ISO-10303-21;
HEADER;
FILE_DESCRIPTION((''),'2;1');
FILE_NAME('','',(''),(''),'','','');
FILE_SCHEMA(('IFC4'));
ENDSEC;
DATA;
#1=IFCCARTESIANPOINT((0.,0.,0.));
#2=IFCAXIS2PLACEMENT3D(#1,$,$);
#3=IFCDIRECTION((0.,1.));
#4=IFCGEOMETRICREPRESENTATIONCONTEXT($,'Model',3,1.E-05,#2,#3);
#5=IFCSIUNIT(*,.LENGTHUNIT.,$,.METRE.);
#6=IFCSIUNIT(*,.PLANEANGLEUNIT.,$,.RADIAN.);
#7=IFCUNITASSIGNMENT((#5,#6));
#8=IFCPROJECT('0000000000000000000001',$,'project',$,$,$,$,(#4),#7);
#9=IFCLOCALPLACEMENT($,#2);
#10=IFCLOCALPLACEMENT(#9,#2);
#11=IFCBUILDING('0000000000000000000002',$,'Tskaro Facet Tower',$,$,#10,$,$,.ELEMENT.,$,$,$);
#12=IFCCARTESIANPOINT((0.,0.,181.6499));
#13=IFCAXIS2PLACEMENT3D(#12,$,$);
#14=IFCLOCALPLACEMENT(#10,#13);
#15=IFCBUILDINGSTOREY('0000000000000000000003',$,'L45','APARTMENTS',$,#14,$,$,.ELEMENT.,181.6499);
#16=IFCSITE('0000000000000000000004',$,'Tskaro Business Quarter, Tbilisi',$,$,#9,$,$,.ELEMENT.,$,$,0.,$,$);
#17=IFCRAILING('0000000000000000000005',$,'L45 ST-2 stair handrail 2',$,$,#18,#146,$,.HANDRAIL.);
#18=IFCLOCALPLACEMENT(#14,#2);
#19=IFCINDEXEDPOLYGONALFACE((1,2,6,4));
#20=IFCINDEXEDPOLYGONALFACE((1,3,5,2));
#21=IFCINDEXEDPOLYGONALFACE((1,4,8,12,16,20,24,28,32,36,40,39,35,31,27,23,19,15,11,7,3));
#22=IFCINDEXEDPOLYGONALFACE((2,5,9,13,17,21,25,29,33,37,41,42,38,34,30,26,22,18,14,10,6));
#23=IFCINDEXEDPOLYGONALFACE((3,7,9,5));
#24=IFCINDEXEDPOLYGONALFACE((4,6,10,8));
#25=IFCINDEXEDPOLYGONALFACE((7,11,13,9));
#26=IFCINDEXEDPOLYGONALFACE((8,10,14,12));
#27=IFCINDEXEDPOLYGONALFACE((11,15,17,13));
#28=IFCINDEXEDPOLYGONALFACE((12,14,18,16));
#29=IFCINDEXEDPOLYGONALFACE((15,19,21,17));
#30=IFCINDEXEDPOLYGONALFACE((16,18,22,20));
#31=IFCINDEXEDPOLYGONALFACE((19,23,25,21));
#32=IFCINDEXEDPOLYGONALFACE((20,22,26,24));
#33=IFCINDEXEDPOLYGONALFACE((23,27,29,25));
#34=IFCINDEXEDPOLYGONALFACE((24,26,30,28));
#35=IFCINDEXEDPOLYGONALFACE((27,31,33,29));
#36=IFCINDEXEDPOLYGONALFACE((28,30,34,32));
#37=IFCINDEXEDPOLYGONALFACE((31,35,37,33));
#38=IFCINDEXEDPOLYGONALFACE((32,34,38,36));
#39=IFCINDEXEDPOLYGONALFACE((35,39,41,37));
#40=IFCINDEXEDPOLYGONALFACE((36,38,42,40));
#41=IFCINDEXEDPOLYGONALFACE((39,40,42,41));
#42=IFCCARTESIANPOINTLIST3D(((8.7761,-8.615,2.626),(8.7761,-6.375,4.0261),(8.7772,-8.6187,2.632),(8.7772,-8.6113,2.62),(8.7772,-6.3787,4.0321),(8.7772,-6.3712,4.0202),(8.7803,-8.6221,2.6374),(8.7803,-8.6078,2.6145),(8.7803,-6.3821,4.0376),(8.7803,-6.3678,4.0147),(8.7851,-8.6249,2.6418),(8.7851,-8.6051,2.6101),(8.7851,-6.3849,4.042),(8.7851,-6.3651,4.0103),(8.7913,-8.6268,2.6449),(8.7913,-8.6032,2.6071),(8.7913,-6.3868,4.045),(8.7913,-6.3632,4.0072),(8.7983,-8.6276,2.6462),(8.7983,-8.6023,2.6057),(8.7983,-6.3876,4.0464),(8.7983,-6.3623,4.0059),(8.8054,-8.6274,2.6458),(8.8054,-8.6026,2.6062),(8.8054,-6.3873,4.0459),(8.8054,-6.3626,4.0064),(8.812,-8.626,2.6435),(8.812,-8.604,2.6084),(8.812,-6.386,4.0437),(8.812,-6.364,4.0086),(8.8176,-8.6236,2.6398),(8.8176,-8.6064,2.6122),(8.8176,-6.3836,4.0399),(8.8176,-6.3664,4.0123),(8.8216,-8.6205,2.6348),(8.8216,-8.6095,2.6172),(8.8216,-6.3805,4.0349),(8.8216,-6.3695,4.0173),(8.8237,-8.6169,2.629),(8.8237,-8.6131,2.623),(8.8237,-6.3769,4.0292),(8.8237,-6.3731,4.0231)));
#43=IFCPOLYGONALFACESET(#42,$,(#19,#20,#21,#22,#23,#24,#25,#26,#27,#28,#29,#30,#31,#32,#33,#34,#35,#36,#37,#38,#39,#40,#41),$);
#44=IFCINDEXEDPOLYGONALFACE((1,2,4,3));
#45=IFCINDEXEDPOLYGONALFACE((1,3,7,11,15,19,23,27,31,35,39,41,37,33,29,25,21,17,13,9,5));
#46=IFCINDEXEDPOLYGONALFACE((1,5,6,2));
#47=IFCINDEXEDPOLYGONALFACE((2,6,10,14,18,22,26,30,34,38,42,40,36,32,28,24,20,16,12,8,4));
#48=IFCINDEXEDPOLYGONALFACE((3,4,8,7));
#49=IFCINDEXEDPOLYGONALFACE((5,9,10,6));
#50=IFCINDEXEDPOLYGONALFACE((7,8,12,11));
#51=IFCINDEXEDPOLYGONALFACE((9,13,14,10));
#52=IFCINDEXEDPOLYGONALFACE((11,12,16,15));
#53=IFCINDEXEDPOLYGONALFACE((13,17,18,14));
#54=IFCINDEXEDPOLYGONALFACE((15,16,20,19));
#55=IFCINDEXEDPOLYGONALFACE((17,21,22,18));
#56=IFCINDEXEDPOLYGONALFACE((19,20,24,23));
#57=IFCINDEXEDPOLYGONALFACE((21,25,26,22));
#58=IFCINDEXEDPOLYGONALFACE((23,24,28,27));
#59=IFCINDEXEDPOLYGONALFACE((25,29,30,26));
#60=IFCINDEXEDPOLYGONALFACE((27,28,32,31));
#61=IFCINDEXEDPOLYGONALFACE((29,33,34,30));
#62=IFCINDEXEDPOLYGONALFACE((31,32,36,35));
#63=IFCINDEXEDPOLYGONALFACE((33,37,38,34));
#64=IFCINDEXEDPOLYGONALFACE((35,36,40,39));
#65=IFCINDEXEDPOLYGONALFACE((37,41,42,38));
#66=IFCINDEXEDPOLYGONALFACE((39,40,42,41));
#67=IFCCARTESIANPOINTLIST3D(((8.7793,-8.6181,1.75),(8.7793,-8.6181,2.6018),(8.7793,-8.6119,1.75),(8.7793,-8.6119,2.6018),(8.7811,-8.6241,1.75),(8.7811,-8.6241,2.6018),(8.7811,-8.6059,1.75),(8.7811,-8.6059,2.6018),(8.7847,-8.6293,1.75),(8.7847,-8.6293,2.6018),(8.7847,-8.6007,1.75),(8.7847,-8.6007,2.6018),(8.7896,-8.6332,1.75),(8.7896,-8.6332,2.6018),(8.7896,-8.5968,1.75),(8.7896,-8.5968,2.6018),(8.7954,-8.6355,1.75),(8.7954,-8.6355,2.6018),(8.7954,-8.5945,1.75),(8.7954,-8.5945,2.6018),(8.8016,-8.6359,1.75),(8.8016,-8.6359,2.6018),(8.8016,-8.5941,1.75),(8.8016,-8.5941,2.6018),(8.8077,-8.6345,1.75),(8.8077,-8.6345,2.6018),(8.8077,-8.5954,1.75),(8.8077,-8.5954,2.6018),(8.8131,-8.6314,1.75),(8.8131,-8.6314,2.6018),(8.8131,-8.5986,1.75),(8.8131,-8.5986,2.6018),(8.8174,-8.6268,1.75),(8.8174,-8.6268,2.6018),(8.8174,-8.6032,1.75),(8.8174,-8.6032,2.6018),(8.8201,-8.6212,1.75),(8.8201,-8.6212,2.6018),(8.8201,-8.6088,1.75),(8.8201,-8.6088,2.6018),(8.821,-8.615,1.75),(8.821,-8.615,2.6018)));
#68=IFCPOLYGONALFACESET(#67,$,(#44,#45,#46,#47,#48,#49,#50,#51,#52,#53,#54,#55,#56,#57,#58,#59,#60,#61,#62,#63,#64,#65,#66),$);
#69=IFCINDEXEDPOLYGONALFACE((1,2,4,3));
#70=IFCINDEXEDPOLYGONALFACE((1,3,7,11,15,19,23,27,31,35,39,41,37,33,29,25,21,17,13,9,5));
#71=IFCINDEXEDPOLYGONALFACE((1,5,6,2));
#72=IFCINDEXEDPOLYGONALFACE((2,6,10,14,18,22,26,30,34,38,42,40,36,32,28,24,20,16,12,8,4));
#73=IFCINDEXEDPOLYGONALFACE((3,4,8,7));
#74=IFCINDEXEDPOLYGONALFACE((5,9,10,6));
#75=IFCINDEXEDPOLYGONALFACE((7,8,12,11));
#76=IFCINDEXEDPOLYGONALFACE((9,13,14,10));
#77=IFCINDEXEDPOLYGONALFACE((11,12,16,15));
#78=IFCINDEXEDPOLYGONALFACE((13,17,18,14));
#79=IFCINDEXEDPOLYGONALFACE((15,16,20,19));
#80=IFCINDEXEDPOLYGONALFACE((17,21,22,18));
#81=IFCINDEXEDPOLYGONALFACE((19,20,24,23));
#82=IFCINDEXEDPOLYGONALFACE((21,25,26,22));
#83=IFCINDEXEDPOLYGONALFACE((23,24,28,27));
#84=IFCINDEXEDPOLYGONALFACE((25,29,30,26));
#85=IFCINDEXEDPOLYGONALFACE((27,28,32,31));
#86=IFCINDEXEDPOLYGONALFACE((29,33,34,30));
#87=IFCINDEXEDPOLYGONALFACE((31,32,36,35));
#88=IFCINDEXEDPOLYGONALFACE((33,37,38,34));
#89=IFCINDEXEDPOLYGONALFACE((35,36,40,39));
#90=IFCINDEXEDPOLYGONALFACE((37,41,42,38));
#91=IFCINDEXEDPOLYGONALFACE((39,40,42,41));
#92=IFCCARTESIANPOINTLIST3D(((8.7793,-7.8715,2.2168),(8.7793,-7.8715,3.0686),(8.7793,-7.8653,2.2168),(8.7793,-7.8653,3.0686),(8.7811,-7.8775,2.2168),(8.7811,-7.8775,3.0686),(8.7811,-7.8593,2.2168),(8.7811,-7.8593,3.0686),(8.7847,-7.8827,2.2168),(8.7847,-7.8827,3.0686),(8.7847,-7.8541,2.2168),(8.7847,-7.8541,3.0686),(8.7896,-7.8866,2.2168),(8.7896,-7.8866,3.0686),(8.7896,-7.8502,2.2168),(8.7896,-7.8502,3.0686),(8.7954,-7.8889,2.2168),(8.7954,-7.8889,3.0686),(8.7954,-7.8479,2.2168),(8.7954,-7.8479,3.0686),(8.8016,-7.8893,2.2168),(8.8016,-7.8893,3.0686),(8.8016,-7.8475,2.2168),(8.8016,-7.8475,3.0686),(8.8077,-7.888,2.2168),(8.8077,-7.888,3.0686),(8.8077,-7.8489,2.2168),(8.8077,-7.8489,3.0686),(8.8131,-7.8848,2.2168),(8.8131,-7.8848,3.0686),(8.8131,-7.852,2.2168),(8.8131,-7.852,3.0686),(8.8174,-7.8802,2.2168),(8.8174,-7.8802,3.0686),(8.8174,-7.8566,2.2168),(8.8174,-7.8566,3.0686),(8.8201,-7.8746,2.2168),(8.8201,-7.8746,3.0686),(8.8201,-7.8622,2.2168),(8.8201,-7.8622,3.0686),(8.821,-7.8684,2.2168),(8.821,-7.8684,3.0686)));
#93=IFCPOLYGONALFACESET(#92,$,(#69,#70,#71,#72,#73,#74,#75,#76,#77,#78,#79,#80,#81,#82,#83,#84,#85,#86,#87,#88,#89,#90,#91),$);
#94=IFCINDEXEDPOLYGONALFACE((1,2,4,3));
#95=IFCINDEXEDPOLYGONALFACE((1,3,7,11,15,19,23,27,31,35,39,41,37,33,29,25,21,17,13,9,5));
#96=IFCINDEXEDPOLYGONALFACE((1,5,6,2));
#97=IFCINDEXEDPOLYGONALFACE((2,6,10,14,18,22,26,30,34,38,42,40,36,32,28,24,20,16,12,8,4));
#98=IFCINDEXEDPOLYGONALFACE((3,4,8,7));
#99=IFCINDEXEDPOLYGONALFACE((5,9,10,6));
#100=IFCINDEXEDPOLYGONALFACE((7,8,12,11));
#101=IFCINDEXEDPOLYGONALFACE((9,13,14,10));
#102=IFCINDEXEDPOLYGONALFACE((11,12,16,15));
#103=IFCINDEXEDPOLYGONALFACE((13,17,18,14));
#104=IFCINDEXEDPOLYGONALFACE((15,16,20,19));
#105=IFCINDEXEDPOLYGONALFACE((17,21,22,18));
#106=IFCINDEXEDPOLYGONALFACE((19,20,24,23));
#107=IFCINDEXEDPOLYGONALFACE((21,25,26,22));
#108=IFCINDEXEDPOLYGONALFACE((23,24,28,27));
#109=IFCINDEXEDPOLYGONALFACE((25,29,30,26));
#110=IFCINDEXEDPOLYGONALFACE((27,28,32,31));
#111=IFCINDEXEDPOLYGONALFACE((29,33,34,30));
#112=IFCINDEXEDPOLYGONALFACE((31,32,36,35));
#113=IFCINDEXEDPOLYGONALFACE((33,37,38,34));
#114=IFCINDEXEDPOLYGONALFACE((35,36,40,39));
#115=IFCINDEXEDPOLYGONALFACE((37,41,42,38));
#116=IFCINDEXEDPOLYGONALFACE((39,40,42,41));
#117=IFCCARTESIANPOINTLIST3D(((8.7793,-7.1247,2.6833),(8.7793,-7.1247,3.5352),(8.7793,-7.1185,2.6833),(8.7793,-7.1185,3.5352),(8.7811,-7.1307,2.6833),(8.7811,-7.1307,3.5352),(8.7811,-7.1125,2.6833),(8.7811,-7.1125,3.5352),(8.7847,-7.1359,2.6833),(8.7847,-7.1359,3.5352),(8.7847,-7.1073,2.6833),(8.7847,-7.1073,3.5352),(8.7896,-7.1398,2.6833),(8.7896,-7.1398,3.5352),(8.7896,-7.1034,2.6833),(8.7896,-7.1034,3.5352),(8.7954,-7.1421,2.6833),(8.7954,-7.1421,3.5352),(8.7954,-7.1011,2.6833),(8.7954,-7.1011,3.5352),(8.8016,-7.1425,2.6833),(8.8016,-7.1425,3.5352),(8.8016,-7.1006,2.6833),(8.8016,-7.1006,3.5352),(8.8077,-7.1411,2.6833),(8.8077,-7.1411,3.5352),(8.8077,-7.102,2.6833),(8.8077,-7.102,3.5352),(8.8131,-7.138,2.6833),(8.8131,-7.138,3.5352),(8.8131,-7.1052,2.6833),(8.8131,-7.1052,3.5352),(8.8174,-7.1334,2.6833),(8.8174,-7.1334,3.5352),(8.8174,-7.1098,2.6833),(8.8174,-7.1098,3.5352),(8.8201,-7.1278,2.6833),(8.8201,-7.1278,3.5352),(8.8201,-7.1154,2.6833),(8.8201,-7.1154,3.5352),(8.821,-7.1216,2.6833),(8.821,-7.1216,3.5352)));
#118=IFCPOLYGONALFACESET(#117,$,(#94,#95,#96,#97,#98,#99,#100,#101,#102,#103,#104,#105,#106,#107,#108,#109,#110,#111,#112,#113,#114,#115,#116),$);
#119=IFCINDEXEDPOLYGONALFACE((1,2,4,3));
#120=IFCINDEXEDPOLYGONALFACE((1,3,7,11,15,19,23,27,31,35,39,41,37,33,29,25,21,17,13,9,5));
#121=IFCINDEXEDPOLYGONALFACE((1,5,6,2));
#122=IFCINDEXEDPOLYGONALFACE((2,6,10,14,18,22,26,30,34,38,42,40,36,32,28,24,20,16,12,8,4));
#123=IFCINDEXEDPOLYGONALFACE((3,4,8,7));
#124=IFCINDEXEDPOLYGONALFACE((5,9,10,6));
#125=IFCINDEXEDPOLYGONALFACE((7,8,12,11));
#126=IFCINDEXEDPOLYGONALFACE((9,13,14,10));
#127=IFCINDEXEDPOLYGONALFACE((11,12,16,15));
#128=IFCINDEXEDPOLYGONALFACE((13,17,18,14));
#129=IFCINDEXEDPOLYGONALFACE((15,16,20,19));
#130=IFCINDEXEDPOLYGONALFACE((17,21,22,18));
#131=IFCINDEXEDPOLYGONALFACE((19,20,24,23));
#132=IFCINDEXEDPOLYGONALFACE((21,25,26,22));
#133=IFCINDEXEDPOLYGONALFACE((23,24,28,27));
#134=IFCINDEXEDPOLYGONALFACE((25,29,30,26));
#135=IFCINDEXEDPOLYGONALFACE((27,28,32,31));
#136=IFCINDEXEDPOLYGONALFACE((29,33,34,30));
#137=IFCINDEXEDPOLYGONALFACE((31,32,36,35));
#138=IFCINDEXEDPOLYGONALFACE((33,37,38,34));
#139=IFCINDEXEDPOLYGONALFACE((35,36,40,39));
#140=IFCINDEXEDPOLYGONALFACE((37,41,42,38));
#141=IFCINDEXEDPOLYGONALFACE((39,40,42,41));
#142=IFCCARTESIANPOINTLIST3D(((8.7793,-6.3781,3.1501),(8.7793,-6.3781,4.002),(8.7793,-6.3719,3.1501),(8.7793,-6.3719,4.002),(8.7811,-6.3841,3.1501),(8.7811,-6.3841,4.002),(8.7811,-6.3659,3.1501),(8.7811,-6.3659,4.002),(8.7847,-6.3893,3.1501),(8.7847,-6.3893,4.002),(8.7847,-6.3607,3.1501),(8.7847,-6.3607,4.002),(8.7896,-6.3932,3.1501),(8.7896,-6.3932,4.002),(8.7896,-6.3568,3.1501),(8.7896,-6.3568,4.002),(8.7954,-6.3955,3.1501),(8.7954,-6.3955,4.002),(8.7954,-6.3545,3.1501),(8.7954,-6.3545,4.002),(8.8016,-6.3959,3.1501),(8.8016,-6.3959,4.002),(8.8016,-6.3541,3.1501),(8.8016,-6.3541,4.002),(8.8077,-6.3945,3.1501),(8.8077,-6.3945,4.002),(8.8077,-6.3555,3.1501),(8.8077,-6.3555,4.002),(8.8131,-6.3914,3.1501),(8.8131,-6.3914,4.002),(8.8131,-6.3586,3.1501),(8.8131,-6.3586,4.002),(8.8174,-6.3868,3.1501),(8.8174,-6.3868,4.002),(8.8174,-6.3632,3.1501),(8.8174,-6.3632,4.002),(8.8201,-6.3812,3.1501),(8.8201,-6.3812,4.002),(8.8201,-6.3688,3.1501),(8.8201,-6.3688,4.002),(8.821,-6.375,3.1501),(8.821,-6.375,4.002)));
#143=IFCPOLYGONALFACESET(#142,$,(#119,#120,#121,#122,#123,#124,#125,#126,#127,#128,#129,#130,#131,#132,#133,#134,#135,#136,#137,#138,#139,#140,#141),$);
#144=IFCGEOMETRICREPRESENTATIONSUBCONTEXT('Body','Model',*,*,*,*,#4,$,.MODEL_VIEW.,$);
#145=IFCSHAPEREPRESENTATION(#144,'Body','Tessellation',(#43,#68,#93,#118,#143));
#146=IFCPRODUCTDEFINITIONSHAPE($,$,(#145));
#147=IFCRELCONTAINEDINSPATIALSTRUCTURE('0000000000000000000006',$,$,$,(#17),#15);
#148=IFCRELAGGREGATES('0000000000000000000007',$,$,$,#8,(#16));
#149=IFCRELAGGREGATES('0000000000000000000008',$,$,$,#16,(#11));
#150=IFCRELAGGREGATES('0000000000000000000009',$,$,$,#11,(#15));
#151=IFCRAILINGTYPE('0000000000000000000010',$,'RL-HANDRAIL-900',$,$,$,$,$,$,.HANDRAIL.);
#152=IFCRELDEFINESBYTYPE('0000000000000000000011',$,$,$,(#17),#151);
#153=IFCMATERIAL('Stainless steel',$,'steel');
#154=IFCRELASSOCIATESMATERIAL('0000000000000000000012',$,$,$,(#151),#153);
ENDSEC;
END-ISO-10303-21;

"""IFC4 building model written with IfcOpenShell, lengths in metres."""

from ifc_helpers import new_model, si_unit, direction, frame, origin, origin_2d, place, context, subcontext, project, spatial, circle, extrude, material, type_object, element, save


model = new_model("IFC4")

# Units and contexts
model_context = context("Model", 3, precision=1e-05, world=origin(), true_north=direction((0.0, 1.0)))
body_context = subcontext(model_context, "Body", "Model", "MODEL_VIEW")
ifc_project = project(units=[si_unit("LENGTHUNIT", "METRE"), si_unit("PLANEANGLEUNIT", "RADIAN")], contexts=[model_context])

# Site, building, storey
site_placement = place(None, origin())
site = spatial("IfcSite", under=ifc_project, at=site_placement, Name="Tskaro Business Quarter, Tbilisi", CompositionType="ELEMENT", RefElevation=0.0)
building_placement = place(site_placement, origin())
building = spatial("IfcBuilding", under=site, at=building_placement, Name="Tskaro Facet Tower", CompositionType="ELEMENT")
storey_placement = place(building_placement, frame((0.0, 0.0, 181.6499)))
storey = spatial("IfcBuildingStorey", under=building, at=storey_placement, Name="L45", Description="APARTMENTS", CompositionType="ELEMENT", Elevation=181.6499)

# Railing
ifc_material_1 = material(Name="Stainless steel", Category="steel")
railing_type = type_object("IfcRailingType", Name="RL-HANDRAIL-900", PredefinedType="HANDRAIL", material=ifc_material_1)
railing_placement = place(storey_placement, frame((8.8, -8.615, 1.75)))
element("IfcRailing", 1, at=railing_placement, inside=storey, type_object=railing_type, Name="L45 ST-2 stair handrail 2", PredefinedType="HANDRAIL", context=body_context, shape_type="SweptSolid", body=[
    extrude(circle(Radius=0.0239, at=origin_2d()), frame((0.0, 0.0, 0.876), z_axis=(0.0, 0.847972, 0.53004), x_axis=(-1.0, 0.0, 0.0)), (0.0, 0.0, 1.0), 2.6416),
    extrude(circle(Radius=0.021, at=origin_2d()), origin(), (0.0, 0.0, 1.0), 0.8518),
    extrude(circle(Radius=0.021, at=origin_2d()), frame((0.0, 0.7466, 0.4668)), (0.0, 0.0, 1.0), 0.8518),
    extrude(circle(Radius=0.021, at=origin_2d()), frame((0.0, 1.4934, 0.9333)), (0.0, 0.0, 1.0), 0.8518),
    extrude(circle(Radius=0.021, at=origin_2d()), frame((0.0, 2.24, 1.4001)), (0.0, 0.0, 1.0), 0.8518),
])

save(model, "model.ifc")
